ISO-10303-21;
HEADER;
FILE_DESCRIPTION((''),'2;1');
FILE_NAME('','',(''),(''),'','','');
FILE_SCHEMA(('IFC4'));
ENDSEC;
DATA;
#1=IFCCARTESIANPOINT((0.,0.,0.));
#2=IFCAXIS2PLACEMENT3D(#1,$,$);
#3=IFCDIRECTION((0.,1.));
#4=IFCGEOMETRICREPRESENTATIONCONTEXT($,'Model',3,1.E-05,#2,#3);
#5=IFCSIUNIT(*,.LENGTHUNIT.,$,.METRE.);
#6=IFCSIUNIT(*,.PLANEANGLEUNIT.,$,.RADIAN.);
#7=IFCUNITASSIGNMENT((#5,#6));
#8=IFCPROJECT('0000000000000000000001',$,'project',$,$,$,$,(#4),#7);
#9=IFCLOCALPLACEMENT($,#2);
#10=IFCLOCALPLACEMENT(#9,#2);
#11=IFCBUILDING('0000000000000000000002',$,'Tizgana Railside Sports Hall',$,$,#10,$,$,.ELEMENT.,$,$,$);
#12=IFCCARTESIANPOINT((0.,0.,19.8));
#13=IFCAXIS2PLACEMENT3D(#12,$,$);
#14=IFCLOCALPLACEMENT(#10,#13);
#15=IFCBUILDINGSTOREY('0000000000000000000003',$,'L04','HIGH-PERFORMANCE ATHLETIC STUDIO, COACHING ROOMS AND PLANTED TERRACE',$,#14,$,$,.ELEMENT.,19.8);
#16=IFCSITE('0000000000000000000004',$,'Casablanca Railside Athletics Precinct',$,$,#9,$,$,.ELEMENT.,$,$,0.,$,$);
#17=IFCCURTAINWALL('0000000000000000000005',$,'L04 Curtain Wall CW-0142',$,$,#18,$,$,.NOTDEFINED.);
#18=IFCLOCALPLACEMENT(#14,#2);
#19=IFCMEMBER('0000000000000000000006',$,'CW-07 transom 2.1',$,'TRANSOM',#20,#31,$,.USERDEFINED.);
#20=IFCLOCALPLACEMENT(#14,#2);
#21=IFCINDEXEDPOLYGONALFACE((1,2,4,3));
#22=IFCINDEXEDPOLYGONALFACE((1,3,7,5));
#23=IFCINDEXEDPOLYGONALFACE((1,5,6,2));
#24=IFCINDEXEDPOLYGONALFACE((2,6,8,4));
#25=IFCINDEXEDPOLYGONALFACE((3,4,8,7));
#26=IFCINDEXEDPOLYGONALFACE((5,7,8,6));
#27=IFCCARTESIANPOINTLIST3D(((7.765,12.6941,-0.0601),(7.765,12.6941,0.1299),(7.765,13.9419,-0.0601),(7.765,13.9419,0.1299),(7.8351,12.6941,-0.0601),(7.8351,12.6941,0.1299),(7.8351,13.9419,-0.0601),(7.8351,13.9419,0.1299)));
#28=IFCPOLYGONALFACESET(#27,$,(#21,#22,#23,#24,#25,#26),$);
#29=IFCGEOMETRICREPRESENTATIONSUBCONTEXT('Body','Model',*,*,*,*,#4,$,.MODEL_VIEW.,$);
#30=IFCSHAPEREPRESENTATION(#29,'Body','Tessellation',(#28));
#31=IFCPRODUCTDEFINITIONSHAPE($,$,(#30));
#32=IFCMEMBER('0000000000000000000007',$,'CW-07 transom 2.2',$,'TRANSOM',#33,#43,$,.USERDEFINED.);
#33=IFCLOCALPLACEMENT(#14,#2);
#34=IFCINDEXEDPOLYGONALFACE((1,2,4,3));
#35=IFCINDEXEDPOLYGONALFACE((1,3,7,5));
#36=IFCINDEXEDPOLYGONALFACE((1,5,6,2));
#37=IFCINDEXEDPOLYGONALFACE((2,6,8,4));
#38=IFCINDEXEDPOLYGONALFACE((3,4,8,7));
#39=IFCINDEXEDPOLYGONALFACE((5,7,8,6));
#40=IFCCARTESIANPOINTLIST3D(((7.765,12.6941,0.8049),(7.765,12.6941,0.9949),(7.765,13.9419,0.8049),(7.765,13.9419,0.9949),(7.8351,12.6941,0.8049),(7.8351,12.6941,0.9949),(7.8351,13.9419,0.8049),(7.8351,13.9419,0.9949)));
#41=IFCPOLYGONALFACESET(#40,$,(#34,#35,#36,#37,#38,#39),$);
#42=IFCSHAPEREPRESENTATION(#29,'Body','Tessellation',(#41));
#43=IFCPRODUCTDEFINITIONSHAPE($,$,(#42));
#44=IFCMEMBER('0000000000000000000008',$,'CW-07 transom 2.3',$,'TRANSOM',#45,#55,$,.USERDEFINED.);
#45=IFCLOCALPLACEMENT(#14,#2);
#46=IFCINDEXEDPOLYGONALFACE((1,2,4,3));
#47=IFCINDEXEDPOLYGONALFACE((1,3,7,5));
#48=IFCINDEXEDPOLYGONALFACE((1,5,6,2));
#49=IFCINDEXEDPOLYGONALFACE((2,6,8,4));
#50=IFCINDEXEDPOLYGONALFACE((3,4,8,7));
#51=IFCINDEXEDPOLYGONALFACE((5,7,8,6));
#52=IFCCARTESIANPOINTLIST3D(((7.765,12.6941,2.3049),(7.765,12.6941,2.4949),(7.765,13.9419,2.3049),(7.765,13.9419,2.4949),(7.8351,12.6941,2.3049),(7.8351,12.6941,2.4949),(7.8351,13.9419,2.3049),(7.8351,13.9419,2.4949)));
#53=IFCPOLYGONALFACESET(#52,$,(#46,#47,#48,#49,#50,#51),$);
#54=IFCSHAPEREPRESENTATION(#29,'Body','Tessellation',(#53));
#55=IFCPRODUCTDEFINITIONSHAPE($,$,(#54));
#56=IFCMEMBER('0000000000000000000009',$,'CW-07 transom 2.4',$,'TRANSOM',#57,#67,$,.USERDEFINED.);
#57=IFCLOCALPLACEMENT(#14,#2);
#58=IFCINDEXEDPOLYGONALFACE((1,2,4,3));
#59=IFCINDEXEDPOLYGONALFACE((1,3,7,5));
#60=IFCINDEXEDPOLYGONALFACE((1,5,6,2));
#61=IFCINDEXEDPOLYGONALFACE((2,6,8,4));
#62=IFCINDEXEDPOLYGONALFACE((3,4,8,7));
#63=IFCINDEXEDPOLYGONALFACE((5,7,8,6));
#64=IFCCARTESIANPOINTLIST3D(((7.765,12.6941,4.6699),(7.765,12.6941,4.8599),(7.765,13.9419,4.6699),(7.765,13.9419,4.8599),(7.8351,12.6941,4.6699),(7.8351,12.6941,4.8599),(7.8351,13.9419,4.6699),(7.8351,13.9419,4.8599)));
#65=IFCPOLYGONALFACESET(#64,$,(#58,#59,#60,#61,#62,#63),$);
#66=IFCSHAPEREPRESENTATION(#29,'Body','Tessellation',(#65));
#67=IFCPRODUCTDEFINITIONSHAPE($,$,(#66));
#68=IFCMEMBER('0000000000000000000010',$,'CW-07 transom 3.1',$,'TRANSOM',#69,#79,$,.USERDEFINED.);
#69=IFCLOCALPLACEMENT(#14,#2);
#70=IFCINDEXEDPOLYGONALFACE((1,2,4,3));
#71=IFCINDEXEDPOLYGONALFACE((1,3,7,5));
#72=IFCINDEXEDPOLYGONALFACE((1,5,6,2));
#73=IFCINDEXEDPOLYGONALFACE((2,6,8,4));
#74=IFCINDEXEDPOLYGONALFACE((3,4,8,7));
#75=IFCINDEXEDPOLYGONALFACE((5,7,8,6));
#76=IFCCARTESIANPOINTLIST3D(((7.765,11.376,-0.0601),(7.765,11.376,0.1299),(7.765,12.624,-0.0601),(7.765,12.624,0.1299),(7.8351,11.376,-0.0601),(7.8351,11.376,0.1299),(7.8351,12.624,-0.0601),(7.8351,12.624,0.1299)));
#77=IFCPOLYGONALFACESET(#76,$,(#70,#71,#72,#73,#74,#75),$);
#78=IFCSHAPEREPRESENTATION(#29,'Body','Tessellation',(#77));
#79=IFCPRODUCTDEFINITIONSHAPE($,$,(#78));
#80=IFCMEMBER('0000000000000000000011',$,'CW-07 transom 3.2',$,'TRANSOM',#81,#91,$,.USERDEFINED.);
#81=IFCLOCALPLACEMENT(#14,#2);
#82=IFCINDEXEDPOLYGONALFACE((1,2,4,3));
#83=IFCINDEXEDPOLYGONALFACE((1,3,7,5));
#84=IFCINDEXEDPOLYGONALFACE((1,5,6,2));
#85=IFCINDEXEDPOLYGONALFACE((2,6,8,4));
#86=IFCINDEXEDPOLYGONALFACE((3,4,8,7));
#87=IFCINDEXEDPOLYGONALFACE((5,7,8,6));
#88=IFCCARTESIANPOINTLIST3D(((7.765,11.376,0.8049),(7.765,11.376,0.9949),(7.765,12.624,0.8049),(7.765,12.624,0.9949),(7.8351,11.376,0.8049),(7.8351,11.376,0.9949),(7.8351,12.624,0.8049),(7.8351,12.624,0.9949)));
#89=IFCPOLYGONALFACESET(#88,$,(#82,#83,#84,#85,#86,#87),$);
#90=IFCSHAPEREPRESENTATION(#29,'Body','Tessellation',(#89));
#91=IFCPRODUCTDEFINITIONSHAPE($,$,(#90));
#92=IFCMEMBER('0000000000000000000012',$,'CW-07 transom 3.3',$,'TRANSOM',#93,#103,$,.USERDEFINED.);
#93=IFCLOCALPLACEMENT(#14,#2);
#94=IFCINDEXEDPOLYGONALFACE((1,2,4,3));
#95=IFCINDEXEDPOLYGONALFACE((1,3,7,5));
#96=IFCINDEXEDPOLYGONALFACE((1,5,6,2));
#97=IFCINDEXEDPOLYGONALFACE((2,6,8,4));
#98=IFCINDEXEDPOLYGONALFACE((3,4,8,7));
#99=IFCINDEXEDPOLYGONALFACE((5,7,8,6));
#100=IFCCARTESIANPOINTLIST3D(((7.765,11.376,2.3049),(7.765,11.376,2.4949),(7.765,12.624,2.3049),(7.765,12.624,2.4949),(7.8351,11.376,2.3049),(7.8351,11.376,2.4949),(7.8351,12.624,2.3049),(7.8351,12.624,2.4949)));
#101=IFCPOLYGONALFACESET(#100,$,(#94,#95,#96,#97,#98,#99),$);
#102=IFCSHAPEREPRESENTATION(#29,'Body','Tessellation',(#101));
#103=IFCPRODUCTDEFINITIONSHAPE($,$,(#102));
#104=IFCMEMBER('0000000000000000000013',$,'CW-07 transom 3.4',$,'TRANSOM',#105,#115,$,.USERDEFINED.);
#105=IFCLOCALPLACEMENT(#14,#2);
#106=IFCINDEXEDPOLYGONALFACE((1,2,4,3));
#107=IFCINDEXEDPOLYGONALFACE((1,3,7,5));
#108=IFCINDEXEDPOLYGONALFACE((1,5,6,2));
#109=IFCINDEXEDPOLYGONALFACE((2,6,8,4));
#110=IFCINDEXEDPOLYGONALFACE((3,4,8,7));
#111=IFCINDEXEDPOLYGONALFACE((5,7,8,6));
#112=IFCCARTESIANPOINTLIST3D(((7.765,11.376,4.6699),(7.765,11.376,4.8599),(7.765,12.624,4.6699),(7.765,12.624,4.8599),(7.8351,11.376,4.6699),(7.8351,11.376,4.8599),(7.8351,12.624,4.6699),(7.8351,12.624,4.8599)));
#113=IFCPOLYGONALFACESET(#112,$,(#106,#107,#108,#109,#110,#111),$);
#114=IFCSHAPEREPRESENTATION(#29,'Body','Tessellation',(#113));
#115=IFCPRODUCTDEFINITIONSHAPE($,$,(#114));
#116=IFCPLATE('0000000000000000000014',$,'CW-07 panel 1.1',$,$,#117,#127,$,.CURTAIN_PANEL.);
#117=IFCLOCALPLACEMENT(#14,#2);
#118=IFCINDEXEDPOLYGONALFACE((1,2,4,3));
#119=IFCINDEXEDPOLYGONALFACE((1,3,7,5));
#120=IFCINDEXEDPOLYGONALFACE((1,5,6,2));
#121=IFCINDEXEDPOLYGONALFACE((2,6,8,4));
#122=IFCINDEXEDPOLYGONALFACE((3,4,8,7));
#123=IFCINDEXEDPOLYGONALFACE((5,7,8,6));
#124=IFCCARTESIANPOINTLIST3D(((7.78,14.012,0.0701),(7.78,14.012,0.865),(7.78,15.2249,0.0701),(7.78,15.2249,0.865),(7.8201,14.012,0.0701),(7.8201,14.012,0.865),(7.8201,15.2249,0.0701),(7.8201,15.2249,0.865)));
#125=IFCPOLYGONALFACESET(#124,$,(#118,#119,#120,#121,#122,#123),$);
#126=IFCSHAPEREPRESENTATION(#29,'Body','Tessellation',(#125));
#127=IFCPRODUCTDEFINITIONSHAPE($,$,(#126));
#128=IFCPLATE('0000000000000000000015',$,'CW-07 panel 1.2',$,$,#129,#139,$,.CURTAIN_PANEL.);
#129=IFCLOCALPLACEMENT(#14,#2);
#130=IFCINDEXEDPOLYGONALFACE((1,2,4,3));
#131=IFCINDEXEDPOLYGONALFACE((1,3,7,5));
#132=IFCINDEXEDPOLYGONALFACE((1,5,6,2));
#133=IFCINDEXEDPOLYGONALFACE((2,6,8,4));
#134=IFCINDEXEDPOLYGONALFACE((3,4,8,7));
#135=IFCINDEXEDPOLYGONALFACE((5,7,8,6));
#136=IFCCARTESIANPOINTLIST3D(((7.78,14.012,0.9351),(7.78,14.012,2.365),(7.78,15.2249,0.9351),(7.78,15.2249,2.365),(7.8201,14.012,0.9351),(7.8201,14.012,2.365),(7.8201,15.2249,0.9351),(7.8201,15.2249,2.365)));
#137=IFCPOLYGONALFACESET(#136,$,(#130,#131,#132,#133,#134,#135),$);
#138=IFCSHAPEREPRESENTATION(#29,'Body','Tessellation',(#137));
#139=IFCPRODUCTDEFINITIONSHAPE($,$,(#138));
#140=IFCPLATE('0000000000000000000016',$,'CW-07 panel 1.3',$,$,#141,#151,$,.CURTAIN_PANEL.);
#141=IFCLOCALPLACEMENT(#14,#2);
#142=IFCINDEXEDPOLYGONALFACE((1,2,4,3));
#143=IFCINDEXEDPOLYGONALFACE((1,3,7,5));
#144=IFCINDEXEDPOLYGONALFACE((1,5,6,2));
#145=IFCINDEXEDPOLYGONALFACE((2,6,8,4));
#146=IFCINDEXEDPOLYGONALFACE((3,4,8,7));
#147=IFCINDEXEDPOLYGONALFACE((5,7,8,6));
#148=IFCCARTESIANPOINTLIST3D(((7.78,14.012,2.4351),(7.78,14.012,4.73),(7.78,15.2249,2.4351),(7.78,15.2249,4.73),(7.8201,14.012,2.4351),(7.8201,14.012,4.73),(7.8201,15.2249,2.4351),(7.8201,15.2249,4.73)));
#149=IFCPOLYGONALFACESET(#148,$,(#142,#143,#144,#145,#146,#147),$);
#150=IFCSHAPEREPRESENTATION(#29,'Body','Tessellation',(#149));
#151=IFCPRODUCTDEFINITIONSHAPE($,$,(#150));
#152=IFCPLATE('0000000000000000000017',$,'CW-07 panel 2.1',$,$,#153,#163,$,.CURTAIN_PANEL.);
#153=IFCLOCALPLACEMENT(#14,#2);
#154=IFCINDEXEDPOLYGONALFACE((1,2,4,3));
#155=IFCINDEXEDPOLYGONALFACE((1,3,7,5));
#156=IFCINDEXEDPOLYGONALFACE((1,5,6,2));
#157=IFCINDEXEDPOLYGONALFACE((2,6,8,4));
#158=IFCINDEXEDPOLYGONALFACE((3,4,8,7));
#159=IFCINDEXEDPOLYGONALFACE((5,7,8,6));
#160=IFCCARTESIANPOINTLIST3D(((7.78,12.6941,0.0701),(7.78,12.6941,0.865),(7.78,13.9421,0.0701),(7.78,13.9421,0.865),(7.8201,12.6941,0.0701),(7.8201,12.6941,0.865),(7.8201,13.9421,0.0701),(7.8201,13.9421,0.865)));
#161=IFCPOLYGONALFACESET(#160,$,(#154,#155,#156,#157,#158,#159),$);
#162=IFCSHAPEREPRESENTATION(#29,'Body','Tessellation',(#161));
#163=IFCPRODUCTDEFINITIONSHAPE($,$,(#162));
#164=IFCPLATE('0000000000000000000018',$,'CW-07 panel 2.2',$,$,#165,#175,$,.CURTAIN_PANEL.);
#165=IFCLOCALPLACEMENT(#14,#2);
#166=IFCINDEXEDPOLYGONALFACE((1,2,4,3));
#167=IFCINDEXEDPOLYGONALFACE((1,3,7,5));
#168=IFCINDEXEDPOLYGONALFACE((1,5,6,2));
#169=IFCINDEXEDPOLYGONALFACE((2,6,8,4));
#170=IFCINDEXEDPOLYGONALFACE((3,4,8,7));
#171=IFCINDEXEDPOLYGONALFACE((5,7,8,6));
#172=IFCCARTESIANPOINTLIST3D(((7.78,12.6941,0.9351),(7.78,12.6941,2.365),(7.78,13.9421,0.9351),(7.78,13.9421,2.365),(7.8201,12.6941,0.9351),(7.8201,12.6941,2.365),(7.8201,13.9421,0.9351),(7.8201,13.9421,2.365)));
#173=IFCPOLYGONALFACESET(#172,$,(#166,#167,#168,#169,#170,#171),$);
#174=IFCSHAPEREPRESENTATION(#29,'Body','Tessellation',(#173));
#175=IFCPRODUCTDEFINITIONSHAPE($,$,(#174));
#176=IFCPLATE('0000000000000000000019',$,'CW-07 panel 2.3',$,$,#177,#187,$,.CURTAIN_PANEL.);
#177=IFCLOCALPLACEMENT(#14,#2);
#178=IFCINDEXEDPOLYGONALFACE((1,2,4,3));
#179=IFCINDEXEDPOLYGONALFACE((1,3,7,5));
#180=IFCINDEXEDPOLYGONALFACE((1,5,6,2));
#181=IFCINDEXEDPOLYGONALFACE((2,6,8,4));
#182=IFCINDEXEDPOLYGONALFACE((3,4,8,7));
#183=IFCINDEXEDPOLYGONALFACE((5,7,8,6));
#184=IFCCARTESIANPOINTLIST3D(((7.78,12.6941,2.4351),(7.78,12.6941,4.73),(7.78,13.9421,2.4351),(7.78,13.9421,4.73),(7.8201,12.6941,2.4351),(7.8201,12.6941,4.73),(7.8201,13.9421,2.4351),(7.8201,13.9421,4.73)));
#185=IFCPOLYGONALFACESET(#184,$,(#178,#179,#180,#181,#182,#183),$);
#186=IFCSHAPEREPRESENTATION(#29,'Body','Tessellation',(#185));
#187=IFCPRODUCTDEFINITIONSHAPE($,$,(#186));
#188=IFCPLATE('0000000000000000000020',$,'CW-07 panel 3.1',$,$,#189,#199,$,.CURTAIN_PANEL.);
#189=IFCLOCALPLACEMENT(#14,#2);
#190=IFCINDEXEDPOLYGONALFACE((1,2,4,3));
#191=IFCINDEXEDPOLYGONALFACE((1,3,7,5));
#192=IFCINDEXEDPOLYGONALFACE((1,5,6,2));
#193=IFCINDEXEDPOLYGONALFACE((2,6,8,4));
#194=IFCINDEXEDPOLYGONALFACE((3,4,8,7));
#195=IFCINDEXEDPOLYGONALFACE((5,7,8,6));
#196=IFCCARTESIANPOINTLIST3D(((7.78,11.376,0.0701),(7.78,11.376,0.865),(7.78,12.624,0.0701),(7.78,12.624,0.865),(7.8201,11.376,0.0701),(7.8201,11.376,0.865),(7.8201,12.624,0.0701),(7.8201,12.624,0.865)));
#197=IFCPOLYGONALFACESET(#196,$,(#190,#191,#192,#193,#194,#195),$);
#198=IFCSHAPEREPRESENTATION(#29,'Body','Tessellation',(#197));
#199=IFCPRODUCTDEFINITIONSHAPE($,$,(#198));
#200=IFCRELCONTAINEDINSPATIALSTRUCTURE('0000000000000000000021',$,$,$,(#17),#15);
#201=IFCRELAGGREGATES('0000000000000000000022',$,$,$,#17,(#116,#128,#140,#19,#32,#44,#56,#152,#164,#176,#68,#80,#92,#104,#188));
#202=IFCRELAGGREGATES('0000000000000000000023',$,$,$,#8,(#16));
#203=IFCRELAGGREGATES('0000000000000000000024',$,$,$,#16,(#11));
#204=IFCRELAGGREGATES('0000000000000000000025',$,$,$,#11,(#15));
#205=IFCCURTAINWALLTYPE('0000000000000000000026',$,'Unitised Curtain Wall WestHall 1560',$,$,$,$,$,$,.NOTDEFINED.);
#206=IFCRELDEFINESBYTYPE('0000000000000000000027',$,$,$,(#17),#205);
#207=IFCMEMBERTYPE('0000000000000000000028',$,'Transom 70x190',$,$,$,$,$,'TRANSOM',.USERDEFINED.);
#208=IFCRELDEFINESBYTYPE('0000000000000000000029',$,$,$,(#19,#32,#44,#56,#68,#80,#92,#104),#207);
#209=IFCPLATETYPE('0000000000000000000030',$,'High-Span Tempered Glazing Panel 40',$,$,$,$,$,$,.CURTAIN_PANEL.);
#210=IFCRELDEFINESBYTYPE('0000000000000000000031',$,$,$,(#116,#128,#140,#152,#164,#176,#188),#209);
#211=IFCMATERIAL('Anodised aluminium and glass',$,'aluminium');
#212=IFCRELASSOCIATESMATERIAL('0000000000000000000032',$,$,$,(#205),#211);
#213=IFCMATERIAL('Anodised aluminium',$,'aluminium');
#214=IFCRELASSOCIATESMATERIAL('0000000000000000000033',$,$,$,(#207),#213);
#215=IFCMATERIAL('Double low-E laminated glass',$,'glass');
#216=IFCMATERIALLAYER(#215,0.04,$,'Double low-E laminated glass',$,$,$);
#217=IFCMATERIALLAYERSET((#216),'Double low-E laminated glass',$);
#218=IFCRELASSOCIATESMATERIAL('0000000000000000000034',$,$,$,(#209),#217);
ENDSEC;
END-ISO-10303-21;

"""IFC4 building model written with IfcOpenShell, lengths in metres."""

from ifc_helpers import new_model, si_unit, direction, frame, origin, origin_2d, place, context, subcontext, project, spatial, rectangle, extrude, material, layer, layer_set, material_profile, profile_set, type_object, element, aggregate, save


model = new_model("IFC4")

# Units and contexts
model_context = context("Model", 3, precision=1e-05, world=origin(), true_north=direction((0.0, 1.0)))
body_context = subcontext(model_context, "Body", "Model", "MODEL_VIEW")
ifc_project = project(units=[si_unit("LENGTHUNIT", "METRE"), si_unit("PLANEANGLEUNIT", "RADIAN")], contexts=[model_context])

# Site, building, storey
site_placement = place(None, origin())
site = spatial("IfcSite", under=ifc_project, at=site_placement, Name="Casablanca Railside Athletics Precinct", CompositionType="ELEMENT", RefElevation=0.0)
building_placement = place(site_placement, origin())
building = spatial("IfcBuilding", under=site, at=building_placement, Name="Tizgana Railside Sports Hall", CompositionType="ELEMENT")
storey_placement = place(building_placement, frame((0.0, 0.0, 19.8)))
storey = spatial("IfcBuildingStorey", under=building, at=storey_placement, Name="L04", Description="HIGH-PERFORMANCE ATHLETIC STUDIO, COACHING ROOMS AND PLANTED TERRACE", CompositionType="ELEMENT", Elevation=19.8)

# Curtain wall
ifc_material_1 = material(Name="Anodised aluminium and glass", Category="aluminium")
curtain_wall_type_1 = type_object("IfcCurtainWallType", Name="Unitised Curtain Wall WestHall 1560", PredefinedType="NOTDEFINED", material=ifc_material_1)
curtain_wall_1_placement = place(storey_placement, origin())
curtain_wall_1 = element("IfcCurtainWall", 1, at=curtain_wall_1_placement, inside=storey, type_object=curtain_wall_type_1, Name="L04 Curtain Wall CW-0142", PredefinedType="NOTDEFINED")
ifc_material_2 = material(Name="Anodised aluminium", Category="aluminium")

# Members
ifc_material_profile_1 = material_profile(ifc_material_2, rectangle(XDim=0.0701, YDim=0.1899, at=origin_2d()), Name="Transom 70x190")
ifc_profile_set_1 = profile_set([ifc_material_profile_1], Name="Anodised aluminium")
member_type_1 = type_object("IfcMemberType", Name="Transom 70x190", ElementType="TRANSOM", PredefinedType="USERDEFINED", material=ifc_profile_set_1)
member_1_placement = place(storey_placement, frame((7.8, 13.9419, 0.0349), z_axis=(0.0, -1.0, 0.0), x_axis=(1.0, 0.0, 0.0)))
member_1 = element("IfcMember", 2, at=member_1_placement, type_object=member_type_1, Name="CW-07 transom 2.1", ObjectType="TRANSOM", PredefinedType="USERDEFINED", context=body_context, shape_type="SweptSolid", body=[
    extrude(rectangle(XDim=0.0701, YDim=0.1899, at=origin_2d()), origin(), (0.0, 0.0, 1.0), 1.2478),
])
member_2_placement = place(storey_placement, frame((7.8, 13.9419, 0.8999), z_axis=(0.0, -1.0, 0.0), x_axis=(1.0, 0.0, 0.0)))
member_2 = element("IfcMember", 3, at=member_2_placement, type_object=member_type_1, Name="CW-07 transom 2.2", ObjectType="TRANSOM", PredefinedType="USERDEFINED", context=body_context, shape_type="SweptSolid", body=[
    extrude(rectangle(XDim=0.0701, YDim=0.1899, at=origin_2d()), origin(), (0.0, 0.0, 1.0), 1.2478),
])
member_3_placement = place(storey_placement, frame((7.8, 13.9419, 2.3999), z_axis=(0.0, -1.0, 0.0), x_axis=(1.0, 0.0, 0.0)))
member_3 = element("IfcMember", 4, at=member_3_placement, type_object=member_type_1, Name="CW-07 transom 2.3", ObjectType="TRANSOM", PredefinedType="USERDEFINED", context=body_context, shape_type="SweptSolid", body=[
    extrude(rectangle(XDim=0.0701, YDim=0.1899, at=origin_2d()), origin(), (0.0, 0.0, 1.0), 1.2478),
])
member_4_placement = place(storey_placement, frame((7.8, 13.9419, 4.7649), z_axis=(0.0, -1.0, 0.0), x_axis=(1.0, 0.0, 0.0)))
member_4 = element("IfcMember", 5, at=member_4_placement, type_object=member_type_1, Name="CW-07 transom 2.4", ObjectType="TRANSOM", PredefinedType="USERDEFINED", context=body_context, shape_type="SweptSolid", body=[
    extrude(rectangle(XDim=0.0701, YDim=0.1899, at=origin_2d()), origin(), (0.0, 0.0, 1.0), 1.2478),
])
member_5_placement = place(storey_placement, frame((7.8, 12.624, 0.0349), z_axis=(0.0, -1.0, 0.0), x_axis=(1.0, 0.0, 0.0)))
member_5 = element("IfcMember", 6, at=member_5_placement, type_object=member_type_1, Name="CW-07 transom 3.1", ObjectType="TRANSOM", PredefinedType="USERDEFINED", context=body_context, shape_type="SweptSolid", body=[
    extrude(rectangle(XDim=0.0701, YDim=0.1899, at=origin_2d()), origin(), (0.0, 0.0, 1.0), 1.248),
])
member_6_placement = place(storey_placement, frame((7.8, 12.624, 0.8999), z_axis=(0.0, -1.0, 0.0), x_axis=(1.0, 0.0, 0.0)))
member_6 = element("IfcMember", 7, at=member_6_placement, type_object=member_type_1, Name="CW-07 transom 3.2", ObjectType="TRANSOM", PredefinedType="USERDEFINED", context=body_context, shape_type="SweptSolid", body=[
    extrude(rectangle(XDim=0.0701, YDim=0.1899, at=origin_2d()), origin(), (0.0, 0.0, 1.0), 1.248),
])
member_7_placement = place(storey_placement, frame((7.8, 12.624, 2.3999), z_axis=(0.0, -1.0, 0.0), x_axis=(1.0, 0.0, 0.0)))
member_7 = element("IfcMember", 8, at=member_7_placement, type_object=member_type_1, Name="CW-07 transom 3.3", ObjectType="TRANSOM", PredefinedType="USERDEFINED", context=body_context, shape_type="SweptSolid", body=[
    extrude(rectangle(XDim=0.0701, YDim=0.1899, at=origin_2d()), origin(), (0.0, 0.0, 1.0), 1.248),
])
member_8_placement = place(storey_placement, frame((7.8, 12.624, 4.7649), z_axis=(0.0, -1.0, 0.0), x_axis=(1.0, 0.0, 0.0)))
member_8 = element("IfcMember", 9, at=member_8_placement, type_object=member_type_1, Name="CW-07 transom 3.4", ObjectType="TRANSOM", PredefinedType="USERDEFINED", context=body_context, shape_type="SweptSolid", body=[
    extrude(rectangle(XDim=0.0701, YDim=0.1899, at=origin_2d()), origin(), (0.0, 0.0, 1.0), 1.248),
])

# Plates
ifc_material_3 = material(Name="Double low-E laminated glass", Category="glass")
ifc_layer_1 = layer(ifc_material_3, 0.04, Name="Double low-E laminated glass")
ifc_layer_set_1 = layer_set([ifc_layer_1], Name="Double low-E laminated glass")
plate_type_1 = type_object("IfcPlateType", Name="High-Span Tempered Glazing Panel 40", PredefinedType="CURTAIN_PANEL", material=ifc_layer_set_1)
plate_1_placement = place(storey_placement, frame((7.8, 14.6184, 0.0701), z_axis=(0.0, 0.0, 1.0), x_axis=(0.0, -1.0, 0.0)))
plate_1 = element("IfcPlate", 10, at=plate_1_placement, type_object=plate_type_1, Name="CW-07 panel 1.1", PredefinedType="CURTAIN_PANEL", context=body_context, shape_type="SweptSolid", body=[
    extrude(rectangle(XDim=1.2129, YDim=0.04, at=origin_2d()), origin(), (0.0, 0.0, 1.0), 0.7949),
])
plate_2_placement = place(storey_placement, frame((7.8, 14.6184, 0.9351), z_axis=(0.0, 0.0, 1.0), x_axis=(0.0, -1.0, 0.0)))
plate_2 = element("IfcPlate", 11, at=plate_2_placement, type_object=plate_type_1, Name="CW-07 panel 1.2", PredefinedType="CURTAIN_PANEL", context=body_context, shape_type="SweptSolid", body=[
    extrude(rectangle(XDim=1.2129, YDim=0.04, at=origin_2d()), origin(), (0.0, 0.0, 1.0), 1.4299),
])
plate_3_placement = place(storey_placement, frame((7.8, 14.6184, 2.4351), z_axis=(0.0, 0.0, 1.0), x_axis=(0.0, -1.0, 0.0)))
plate_3 = element("IfcPlate", 12, at=plate_3_placement, type_object=plate_type_1, Name="CW-07 panel 1.3", PredefinedType="CURTAIN_PANEL", context=body_context, shape_type="SweptSolid", body=[
    extrude(rectangle(XDim=1.2129, YDim=0.04, at=origin_2d()), origin(), (0.0, 0.0, 1.0), 2.2949),
])
plate_4_placement = place(storey_placement, frame((7.8, 13.3181, 0.0701), z_axis=(0.0, 0.0, 1.0), x_axis=(0.0, -1.0, 0.0)))
plate_4 = element("IfcPlate", 13, at=plate_4_placement, type_object=plate_type_1, Name="CW-07 panel 2.1", PredefinedType="CURTAIN_PANEL", context=body_context, shape_type="SweptSolid", body=[
    extrude(rectangle(XDim=1.248, YDim=0.04, at=origin_2d()), origin(), (0.0, 0.0, 1.0), 0.7949),
])
plate_5_placement = place(storey_placement, frame((7.8, 13.3181, 0.9351), z_axis=(0.0, 0.0, 1.0), x_axis=(0.0, -1.0, 0.0)))
plate_5 = element("IfcPlate", 14, at=plate_5_placement, type_object=plate_type_1, Name="CW-07 panel 2.2", PredefinedType="CURTAIN_PANEL", context=body_context, shape_type="SweptSolid", body=[
    extrude(rectangle(XDim=1.248, YDim=0.04, at=origin_2d()), origin(), (0.0, 0.0, 1.0), 1.4299),
])
plate_6_placement = place(storey_placement, frame((7.8, 13.3181, 2.4351), z_axis=(0.0, 0.0, 1.0), x_axis=(0.0, -1.0, 0.0)))
plate_6 = element("IfcPlate", 15, at=plate_6_placement, type_object=plate_type_1, Name="CW-07 panel 2.3", PredefinedType="CURTAIN_PANEL", context=body_context, shape_type="SweptSolid", body=[
    extrude(rectangle(XDim=1.248, YDim=0.04, at=origin_2d()), origin(), (0.0, 0.0, 1.0), 2.2949),
])
plate_7_placement = place(storey_placement, frame((7.8, 12.0, 0.0701), z_axis=(0.0, 0.0, 1.0), x_axis=(0.0, -1.0, 0.0)))
plate_7 = element("IfcPlate", 16, at=plate_7_placement, type_object=plate_type_1, Name="CW-07 panel 3.1", PredefinedType="CURTAIN_PANEL", context=body_context, shape_type="SweptSolid", body=[
    extrude(rectangle(XDim=1.248, YDim=0.04, at=origin_2d()), origin(), (0.0, 0.0, 1.0), 0.7949),
])
aggregate(curtain_wall_1, [plate_1, plate_2, plate_3, member_1, member_2, member_3, member_4, plate_4, plate_5, plate_6, member_5, member_6, member_7, member_8, plate_7])

save(model, "model.ifc")
